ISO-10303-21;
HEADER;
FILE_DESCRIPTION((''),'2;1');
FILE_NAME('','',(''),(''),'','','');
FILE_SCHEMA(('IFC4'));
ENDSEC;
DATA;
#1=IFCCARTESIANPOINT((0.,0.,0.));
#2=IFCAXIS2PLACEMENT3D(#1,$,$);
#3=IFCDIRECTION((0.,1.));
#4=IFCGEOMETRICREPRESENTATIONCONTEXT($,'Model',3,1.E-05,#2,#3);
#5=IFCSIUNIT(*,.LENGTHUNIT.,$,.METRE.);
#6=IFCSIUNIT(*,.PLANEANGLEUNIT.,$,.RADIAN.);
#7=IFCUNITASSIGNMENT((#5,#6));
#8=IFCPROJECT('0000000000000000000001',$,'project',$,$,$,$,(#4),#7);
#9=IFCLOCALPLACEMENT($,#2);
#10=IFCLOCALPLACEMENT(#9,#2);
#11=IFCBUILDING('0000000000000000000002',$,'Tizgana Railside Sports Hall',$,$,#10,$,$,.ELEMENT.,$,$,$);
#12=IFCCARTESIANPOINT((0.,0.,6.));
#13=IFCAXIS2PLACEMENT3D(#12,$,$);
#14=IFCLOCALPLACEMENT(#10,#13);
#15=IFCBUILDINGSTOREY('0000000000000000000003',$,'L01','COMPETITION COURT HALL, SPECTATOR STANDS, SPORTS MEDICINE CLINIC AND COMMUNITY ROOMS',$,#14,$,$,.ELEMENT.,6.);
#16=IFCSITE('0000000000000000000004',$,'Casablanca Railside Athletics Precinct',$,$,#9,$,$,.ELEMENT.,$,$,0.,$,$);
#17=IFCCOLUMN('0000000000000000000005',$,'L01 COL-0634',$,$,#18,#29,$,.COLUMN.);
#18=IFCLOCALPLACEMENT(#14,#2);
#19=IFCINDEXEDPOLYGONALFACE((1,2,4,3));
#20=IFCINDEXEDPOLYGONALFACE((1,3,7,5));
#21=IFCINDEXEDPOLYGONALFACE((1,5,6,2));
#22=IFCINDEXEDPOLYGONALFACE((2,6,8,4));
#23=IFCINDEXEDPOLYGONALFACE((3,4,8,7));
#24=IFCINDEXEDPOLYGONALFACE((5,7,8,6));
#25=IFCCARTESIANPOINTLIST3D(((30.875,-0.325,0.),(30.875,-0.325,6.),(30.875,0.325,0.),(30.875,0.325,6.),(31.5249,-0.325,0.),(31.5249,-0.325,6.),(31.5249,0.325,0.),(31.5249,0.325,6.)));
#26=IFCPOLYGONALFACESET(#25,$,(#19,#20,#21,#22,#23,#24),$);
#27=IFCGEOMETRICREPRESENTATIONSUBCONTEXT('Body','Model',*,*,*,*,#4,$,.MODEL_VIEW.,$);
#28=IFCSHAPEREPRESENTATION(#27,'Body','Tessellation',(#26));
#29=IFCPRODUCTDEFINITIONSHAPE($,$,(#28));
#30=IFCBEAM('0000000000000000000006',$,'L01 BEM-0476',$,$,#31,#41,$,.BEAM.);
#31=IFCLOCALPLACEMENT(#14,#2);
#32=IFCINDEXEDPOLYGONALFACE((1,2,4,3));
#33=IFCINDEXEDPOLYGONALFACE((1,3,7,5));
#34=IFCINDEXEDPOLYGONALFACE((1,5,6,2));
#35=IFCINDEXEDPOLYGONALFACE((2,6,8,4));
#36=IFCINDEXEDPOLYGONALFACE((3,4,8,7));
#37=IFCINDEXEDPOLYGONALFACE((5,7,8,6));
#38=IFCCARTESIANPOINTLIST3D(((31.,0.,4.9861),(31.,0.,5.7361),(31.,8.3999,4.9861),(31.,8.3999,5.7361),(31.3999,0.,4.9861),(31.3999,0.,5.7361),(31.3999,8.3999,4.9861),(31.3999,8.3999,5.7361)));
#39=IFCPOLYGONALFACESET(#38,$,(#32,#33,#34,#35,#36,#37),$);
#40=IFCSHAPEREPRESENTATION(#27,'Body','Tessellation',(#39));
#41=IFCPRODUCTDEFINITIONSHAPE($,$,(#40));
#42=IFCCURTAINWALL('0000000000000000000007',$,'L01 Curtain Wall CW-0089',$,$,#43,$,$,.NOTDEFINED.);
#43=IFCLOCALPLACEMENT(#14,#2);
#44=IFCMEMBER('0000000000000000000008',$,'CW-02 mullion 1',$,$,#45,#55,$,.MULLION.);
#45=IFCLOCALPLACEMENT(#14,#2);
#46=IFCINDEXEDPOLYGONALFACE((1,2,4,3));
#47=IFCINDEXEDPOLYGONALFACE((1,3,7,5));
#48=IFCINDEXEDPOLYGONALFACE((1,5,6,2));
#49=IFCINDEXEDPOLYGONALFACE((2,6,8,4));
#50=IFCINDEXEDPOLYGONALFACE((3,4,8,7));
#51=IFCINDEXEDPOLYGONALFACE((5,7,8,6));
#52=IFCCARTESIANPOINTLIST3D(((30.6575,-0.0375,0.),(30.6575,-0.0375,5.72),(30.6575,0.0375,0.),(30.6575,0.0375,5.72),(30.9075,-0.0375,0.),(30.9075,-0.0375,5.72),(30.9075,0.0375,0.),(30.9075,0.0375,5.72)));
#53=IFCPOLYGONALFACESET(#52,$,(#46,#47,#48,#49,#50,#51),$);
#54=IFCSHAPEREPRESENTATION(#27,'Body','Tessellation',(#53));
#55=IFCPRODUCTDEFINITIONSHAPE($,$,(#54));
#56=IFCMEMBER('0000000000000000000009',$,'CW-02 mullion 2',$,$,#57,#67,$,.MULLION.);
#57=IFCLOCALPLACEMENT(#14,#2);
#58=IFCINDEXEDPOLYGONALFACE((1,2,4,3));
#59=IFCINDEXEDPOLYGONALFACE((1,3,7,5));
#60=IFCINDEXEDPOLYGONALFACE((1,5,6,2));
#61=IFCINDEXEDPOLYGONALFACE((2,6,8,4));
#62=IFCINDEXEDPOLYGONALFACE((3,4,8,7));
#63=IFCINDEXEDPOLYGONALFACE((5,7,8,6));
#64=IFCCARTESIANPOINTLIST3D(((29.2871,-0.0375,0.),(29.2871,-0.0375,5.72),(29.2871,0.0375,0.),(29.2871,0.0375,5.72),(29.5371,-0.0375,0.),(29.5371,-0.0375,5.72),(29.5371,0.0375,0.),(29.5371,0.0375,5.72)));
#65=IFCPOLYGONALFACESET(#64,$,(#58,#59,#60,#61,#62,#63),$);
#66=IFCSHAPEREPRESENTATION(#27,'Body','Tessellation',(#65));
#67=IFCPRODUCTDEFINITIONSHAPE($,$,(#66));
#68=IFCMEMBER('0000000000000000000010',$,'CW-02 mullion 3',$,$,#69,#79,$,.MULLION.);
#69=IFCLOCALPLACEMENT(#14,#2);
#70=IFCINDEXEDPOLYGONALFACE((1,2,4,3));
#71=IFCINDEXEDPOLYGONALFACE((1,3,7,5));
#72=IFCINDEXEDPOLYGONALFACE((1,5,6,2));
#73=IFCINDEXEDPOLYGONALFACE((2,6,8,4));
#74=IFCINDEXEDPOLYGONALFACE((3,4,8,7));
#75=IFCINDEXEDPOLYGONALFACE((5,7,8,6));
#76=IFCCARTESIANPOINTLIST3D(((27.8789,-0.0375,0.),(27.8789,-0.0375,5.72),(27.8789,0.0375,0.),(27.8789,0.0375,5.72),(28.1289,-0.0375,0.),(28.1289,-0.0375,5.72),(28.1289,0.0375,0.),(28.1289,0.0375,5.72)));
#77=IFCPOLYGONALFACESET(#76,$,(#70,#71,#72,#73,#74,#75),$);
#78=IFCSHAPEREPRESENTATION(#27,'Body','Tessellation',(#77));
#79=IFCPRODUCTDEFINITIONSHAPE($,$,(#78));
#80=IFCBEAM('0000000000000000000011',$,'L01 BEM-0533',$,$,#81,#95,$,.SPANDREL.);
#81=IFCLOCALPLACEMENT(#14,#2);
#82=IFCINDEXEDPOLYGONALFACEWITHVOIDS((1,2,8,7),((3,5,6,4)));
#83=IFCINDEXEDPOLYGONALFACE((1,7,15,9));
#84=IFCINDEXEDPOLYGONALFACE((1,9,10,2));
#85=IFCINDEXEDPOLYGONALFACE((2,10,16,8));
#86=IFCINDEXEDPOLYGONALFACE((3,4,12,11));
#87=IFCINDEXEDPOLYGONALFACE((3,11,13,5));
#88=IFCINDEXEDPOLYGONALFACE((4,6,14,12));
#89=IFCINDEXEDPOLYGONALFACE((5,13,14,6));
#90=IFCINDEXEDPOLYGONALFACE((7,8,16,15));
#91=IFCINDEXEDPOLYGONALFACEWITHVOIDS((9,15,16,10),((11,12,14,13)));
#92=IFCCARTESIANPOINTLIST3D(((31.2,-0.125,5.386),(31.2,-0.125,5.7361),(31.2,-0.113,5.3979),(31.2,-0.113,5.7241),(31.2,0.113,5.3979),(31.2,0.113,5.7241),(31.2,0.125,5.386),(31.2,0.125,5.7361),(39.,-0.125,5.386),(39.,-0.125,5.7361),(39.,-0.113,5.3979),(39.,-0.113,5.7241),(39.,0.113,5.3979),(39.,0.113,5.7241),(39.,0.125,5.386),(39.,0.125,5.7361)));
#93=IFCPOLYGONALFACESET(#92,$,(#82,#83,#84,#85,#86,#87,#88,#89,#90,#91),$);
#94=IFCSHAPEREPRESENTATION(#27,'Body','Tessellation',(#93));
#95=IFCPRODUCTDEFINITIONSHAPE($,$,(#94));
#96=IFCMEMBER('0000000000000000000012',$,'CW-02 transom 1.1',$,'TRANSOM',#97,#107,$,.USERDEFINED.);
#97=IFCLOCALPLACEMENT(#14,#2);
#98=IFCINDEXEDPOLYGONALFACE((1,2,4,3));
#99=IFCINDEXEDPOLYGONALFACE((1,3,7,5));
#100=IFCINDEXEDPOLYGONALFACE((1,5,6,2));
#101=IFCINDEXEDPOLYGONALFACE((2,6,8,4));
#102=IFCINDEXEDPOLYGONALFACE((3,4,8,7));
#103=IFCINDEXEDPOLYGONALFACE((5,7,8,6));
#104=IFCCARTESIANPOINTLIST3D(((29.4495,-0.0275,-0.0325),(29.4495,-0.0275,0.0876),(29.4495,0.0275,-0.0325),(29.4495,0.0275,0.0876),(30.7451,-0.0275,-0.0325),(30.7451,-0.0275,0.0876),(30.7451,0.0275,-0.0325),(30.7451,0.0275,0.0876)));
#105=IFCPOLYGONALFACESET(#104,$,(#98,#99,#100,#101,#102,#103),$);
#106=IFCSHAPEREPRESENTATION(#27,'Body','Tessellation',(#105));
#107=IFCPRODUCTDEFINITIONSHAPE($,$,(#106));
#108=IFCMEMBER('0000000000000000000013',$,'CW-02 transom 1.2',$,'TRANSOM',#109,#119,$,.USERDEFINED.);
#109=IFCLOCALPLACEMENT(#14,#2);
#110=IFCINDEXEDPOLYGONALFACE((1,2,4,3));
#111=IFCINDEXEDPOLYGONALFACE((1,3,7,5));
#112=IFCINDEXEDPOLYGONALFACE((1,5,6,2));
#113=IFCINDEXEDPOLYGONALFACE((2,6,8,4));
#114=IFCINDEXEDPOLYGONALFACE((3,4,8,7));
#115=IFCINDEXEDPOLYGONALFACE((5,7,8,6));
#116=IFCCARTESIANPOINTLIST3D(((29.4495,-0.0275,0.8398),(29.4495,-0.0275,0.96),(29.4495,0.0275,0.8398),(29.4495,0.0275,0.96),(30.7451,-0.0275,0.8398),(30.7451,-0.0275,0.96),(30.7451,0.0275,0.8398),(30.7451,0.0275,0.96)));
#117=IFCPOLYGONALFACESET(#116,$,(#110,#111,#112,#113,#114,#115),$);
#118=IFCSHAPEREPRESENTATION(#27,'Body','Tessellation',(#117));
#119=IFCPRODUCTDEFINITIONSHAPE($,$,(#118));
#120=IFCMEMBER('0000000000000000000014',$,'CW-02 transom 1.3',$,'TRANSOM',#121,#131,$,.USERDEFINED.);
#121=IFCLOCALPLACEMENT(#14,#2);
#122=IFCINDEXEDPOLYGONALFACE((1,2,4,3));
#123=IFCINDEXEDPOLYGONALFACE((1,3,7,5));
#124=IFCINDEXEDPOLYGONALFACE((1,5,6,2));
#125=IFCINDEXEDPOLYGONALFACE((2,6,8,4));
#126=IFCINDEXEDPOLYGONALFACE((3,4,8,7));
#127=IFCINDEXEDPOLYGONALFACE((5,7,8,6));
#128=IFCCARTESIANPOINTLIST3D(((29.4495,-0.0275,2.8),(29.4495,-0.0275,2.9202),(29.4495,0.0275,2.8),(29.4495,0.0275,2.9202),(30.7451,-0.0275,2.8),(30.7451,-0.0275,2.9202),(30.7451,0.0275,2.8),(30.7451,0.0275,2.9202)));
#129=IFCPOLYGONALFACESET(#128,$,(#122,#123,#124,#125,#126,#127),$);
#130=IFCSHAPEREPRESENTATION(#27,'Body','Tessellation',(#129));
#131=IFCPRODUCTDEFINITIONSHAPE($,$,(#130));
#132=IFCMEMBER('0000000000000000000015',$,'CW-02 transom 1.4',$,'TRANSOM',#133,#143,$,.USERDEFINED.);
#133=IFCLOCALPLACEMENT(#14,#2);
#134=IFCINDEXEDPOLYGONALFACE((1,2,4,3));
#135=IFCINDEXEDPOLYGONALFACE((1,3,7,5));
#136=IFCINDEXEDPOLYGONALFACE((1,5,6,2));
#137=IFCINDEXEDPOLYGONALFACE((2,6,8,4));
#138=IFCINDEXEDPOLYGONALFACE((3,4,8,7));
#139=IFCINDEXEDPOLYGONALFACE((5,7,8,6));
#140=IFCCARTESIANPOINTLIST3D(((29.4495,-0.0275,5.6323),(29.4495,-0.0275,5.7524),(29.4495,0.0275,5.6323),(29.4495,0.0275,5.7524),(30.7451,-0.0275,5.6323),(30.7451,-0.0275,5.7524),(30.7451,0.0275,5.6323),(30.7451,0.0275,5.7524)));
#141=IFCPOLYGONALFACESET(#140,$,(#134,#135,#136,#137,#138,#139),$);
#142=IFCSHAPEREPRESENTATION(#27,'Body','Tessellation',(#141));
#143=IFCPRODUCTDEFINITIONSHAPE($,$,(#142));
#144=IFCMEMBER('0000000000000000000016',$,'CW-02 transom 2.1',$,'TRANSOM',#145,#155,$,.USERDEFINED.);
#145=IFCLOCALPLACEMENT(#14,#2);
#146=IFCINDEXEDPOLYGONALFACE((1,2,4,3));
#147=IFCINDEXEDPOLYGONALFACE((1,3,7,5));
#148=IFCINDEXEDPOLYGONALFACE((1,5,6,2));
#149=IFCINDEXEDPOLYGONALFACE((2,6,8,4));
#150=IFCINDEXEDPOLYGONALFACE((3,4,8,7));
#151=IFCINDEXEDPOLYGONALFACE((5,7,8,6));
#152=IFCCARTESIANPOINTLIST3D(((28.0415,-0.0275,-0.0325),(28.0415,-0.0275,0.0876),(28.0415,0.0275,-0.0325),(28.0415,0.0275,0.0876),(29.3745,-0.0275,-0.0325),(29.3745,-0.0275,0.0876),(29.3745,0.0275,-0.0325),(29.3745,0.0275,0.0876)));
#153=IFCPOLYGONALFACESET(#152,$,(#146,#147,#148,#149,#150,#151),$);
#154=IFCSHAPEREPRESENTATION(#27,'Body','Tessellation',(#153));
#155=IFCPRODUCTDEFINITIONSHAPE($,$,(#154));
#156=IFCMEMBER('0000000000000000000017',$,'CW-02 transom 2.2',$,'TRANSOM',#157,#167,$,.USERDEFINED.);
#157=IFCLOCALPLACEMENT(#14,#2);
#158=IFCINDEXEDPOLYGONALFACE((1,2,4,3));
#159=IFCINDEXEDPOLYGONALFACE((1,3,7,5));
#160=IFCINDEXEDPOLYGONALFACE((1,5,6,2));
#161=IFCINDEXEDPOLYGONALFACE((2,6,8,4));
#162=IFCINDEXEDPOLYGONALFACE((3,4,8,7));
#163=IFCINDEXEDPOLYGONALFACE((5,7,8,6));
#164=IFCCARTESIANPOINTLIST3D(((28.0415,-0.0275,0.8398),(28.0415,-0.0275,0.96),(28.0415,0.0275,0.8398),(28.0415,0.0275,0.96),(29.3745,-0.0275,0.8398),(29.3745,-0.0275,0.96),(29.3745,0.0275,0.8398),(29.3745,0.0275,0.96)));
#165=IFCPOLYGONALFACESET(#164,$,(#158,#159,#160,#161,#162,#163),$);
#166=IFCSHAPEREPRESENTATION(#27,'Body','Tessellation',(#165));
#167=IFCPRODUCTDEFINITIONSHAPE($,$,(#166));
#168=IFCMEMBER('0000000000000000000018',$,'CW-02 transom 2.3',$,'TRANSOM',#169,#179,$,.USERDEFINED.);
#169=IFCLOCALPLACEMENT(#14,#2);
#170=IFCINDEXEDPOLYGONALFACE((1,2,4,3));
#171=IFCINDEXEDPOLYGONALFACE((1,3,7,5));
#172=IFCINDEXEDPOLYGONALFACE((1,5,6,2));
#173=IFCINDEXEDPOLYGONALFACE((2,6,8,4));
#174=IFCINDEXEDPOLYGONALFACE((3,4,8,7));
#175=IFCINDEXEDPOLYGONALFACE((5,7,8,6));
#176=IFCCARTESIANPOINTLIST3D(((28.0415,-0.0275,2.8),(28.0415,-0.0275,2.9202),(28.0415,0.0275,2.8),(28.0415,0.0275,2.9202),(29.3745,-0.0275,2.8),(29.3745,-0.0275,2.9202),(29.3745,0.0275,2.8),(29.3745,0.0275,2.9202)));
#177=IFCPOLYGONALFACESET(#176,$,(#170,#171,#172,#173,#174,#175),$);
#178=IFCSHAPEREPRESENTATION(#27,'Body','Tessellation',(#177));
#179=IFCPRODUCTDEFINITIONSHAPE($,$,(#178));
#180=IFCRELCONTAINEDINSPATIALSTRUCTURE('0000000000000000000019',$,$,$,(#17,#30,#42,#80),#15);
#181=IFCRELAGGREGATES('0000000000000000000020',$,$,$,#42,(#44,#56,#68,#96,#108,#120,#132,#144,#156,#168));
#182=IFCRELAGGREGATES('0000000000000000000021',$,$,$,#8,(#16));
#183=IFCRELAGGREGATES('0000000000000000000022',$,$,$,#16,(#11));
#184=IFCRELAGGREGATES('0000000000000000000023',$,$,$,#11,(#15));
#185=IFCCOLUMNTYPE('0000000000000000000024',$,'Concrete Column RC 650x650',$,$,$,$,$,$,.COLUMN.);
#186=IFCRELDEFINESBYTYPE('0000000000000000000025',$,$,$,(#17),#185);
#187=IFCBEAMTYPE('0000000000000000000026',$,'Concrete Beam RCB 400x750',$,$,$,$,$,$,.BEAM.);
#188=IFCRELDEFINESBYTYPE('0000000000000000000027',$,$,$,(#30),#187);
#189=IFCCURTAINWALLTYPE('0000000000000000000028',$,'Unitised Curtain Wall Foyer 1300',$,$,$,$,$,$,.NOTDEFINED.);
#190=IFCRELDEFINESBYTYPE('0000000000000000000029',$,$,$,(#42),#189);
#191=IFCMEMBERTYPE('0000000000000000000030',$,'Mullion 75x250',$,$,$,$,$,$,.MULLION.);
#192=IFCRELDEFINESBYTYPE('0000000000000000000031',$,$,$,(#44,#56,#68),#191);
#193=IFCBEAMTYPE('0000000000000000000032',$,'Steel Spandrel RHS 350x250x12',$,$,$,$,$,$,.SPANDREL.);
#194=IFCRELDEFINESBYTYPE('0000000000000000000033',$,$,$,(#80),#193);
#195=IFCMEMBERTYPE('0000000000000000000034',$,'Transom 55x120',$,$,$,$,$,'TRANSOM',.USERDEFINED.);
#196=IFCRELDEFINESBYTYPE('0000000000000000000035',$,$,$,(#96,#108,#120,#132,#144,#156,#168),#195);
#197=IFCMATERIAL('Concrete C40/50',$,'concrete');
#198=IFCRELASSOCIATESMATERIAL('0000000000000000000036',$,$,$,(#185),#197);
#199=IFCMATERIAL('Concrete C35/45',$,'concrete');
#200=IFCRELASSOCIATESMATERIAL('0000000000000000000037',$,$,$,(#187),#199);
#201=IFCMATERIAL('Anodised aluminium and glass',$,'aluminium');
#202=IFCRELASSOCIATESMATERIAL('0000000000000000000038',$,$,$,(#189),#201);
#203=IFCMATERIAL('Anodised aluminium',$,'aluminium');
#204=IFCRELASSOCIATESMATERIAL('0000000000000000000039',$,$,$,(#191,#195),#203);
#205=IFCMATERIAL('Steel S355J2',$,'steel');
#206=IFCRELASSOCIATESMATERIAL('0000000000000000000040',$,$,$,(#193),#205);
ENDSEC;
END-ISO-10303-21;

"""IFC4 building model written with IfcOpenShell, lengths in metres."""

from ifc_helpers import new_model, si_unit, direction, frame, origin, origin_2d, place, context, subcontext, project, spatial, rectangle, hollow_rectangle, extrude, material, material_profile, profile_set, type_object, element, aggregate, save


model = new_model("IFC4")

# Units and contexts
model_context = context("Model", 3, precision=1e-05, world=origin(), true_north=direction((0.0, 1.0)))
body_context = subcontext(model_context, "Body", "Model", "MODEL_VIEW")
ifc_project = project(units=[si_unit("LENGTHUNIT", "METRE"), si_unit("PLANEANGLEUNIT", "RADIAN")], contexts=[model_context])

# Site, building, storey
site_placement = place(None, origin())
site = spatial("IfcSite", under=ifc_project, at=site_placement, Name="Casablanca Railside Athletics Precinct", CompositionType="ELEMENT", RefElevation=0.0)
building_placement = place(site_placement, origin())
building = spatial("IfcBuilding", under=site, at=building_placement, Name="Tizgana Railside Sports Hall", CompositionType="ELEMENT")
storey_placement = place(building_placement, frame((0.0, 0.0, 6.0)))
storey = spatial("IfcBuildingStorey", under=building, at=storey_placement, Name="L01", Description="COMPETITION COURT HALL, SPECTATOR STANDS, SPORTS MEDICINE CLINIC AND COMMUNITY ROOMS", CompositionType="ELEMENT", Elevation=6.0)

# Column
ifc_material_1 = material(Name="Concrete C40/50", Category="concrete")
ifc_material_profile_1 = material_profile(ifc_material_1, rectangle(XDim=0.6499, YDim=0.6499, at=origin_2d()), Name="RC 650x650")
ifc_profile_set_1 = profile_set([ifc_material_profile_1], Name="Concrete C40/50")
column_type = type_object("IfcColumnType", Name="Concrete Column RC 650x650", PredefinedType="COLUMN", material=ifc_profile_set_1)
column_placement = place(storey_placement, frame((31.2, 0.0, 0.0), z_axis=(0.0, 0.0, 1.0), x_axis=(1.0, 0.0, 0.0)))
element("IfcColumn", 1, at=column_placement, inside=storey, type_object=column_type, Name="L01 COL-0634", PredefinedType="COLUMN", context=body_context, shape_type="SweptSolid", body=[
    extrude(rectangle(XDim=0.6499, YDim=0.6499, at=origin_2d()), origin(), (0.0, 0.0, 1.0), 6.0),
])

# Beam
ifc_material_2 = material(Name="Concrete C35/45", Category="concrete")
ifc_material_profile_2 = material_profile(ifc_material_2, rectangle(XDim=0.3999, YDim=0.75, at=origin_2d()), Name="RCB 400x750")
ifc_profile_set_2 = profile_set([ifc_material_profile_2], Name="Concrete C35/45")
beam_type_1 = type_object("IfcBeamType", Name="Concrete Beam RCB 400x750", PredefinedType="BEAM", material=ifc_profile_set_2)
beam_1_placement = place(storey_placement, frame((31.2, 0.0, 5.3611), z_axis=(0.0, 1.0, 0.0), x_axis=(-1.0, 0.0, 0.0)))
element("IfcBeam", 2, at=beam_1_placement, inside=storey, type_object=beam_type_1, Name="L01 BEM-0476", PredefinedType="BEAM", context=body_context, shape_type="SweptSolid", body=[
    extrude(rectangle(XDim=0.3999, YDim=0.75, at=origin_2d()), origin(), (0.0, 0.0, 1.0), 8.3999),
])

# Curtain wall, members
ifc_material_3 = material(Name="Anodised aluminium and glass", Category="aluminium")
curtain_wall_type = type_object("IfcCurtainWallType", Name="Unitised Curtain Wall Foyer 1300", PredefinedType="NOTDEFINED", material=ifc_material_3)
curtain_wall_placement = place(storey_placement, origin())
curtain_wall = element("IfcCurtainWall", 3, at=curtain_wall_placement, inside=storey, type_object=curtain_wall_type, Name="L01 Curtain Wall CW-0089", PredefinedType="NOTDEFINED")
ifc_material_4 = material(Name="Anodised aluminium", Category="aluminium")
ifc_material_profile_3 = material_profile(ifc_material_4, rectangle(XDim=0.075, YDim=0.25, at=origin_2d()), Name="Mullion 75x250")
ifc_profile_set_3 = profile_set([ifc_material_profile_3], Name="Anodised aluminium")
member_type_1 = type_object("IfcMemberType", Name="Mullion 75x250", PredefinedType="MULLION", material=ifc_profile_set_3)
member_1_placement = place(storey_placement, frame((30.7825, 0.0, 0.0), z_axis=(0.0, 0.0, 1.0), x_axis=(0.0, -1.0, 0.0)))
member_1 = element("IfcMember", 4, at=member_1_placement, type_object=member_type_1, Name="CW-02 mullion 1", PredefinedType="MULLION", context=body_context, shape_type="SweptSolid", body=[
    extrude(rectangle(XDim=0.075, YDim=0.25, at=origin_2d()), origin(), (0.0, 0.0, 1.0), 5.72),
])
member_2_placement = place(storey_placement, frame((29.4121, 0.0, 0.0), z_axis=(0.0, 0.0, 1.0), x_axis=(0.0, -1.0, 0.0)))
member_2 = element("IfcMember", 5, at=member_2_placement, type_object=member_type_1, Name="CW-02 mullion 2", PredefinedType="MULLION", context=body_context, shape_type="SweptSolid", body=[
    extrude(rectangle(XDim=0.075, YDim=0.25, at=origin_2d()), origin(), (0.0, 0.0, 1.0), 5.72),
])
member_3_placement = place(storey_placement, frame((28.0039, 0.0, 0.0), z_axis=(0.0, 0.0, 1.0), x_axis=(0.0, -1.0, 0.0)))
member_3 = element("IfcMember", 6, at=member_3_placement, type_object=member_type_1, Name="CW-02 mullion 3", PredefinedType="MULLION", context=body_context, shape_type="SweptSolid", body=[
    extrude(rectangle(XDim=0.075, YDim=0.25, at=origin_2d()), origin(), (0.0, 0.0, 1.0), 5.72),
])

# Beam
ifc_material_5 = material(Name="Steel S355J2", Category="steel")
ifc_material_profile_4 = material_profile(ifc_material_5, hollow_rectangle(XDim=0.25, YDim=0.3501, WallThickness=0.012, at=origin_2d()), Name="RHS 350x250x12")
ifc_profile_set_4 = profile_set([ifc_material_profile_4], Name="Steel S355J2")
beam_type_2 = type_object("IfcBeamType", Name="Steel Spandrel RHS 350x250x12", PredefinedType="SPANDREL", material=ifc_profile_set_4)
beam_2_placement = place(storey_placement, frame((31.2, 0.0, 5.561), z_axis=(1.0, 0.0, 0.0), x_axis=(0.0, 1.0, 0.0)))
element("IfcBeam", 7, at=beam_2_placement, inside=storey, type_object=beam_type_2, Name="L01 BEM-0533", PredefinedType="SPANDREL", context=body_context, shape_type="SweptSolid", body=[
    extrude(hollow_rectangle(XDim=0.25, YDim=0.3501, WallThickness=0.012, at=origin_2d()), origin(), (0.0, 0.0, 1.0), 7.8),
])

# Members
ifc_material_profile_5 = material_profile(ifc_material_4, rectangle(XDim=0.0549, YDim=0.1201, at=origin_2d()), Name="Transom 55x120")
ifc_profile_set_5 = profile_set([ifc_material_profile_5], Name="Anodised aluminium")
member_type_2 = type_object("IfcMemberType", Name="Transom 55x120", ElementType="TRANSOM", PredefinedType="USERDEFINED", material=ifc_profile_set_5)
member_4_placement = place(storey_placement, frame((30.7451, 0.0, 0.0276), z_axis=(-1.0, 0.0, 0.0), x_axis=(0.0, -1.0, 0.0)))
member_4 = element("IfcMember", 8, at=member_4_placement, type_object=member_type_2, Name="CW-02 transom 1.1", ObjectType="TRANSOM", PredefinedType="USERDEFINED", context=body_context, shape_type="SweptSolid", body=[
    extrude(rectangle(XDim=0.0549, YDim=0.1201, at=origin_2d()), origin(), (0.0, 0.0, 1.0), 1.2957),
])
member_5_placement = place(storey_placement, frame((30.7451, 0.0, 0.8999), z_axis=(-1.0, 0.0, 0.0), x_axis=(0.0, -1.0, 0.0)))
member_5 = element("IfcMember", 9, at=member_5_placement, type_object=member_type_2, Name="CW-02 transom 1.2", ObjectType="TRANSOM", PredefinedType="USERDEFINED", context=body_context, shape_type="SweptSolid", body=[
    extrude(rectangle(XDim=0.0549, YDim=0.1201, at=origin_2d()), origin(), (0.0, 0.0, 1.0), 1.2957),
])
member_6_placement = place(storey_placement, frame((30.7451, 0.0, 2.8601), z_axis=(-1.0, 0.0, 0.0), x_axis=(0.0, -1.0, 0.0)))
member_6 = element("IfcMember", 10, at=member_6_placement, type_object=member_type_2, Name="CW-02 transom 1.3", ObjectType="TRANSOM", PredefinedType="USERDEFINED", context=body_context, shape_type="SweptSolid", body=[
    extrude(rectangle(XDim=0.0549, YDim=0.1201, at=origin_2d()), origin(), (0.0, 0.0, 1.0), 1.2957),
])
member_7_placement = place(storey_placement, frame((30.7451, 0.0, 5.6924), z_axis=(-1.0, 0.0, 0.0), x_axis=(0.0, -1.0, 0.0)))
member_7 = element("IfcMember", 11, at=member_7_placement, type_object=member_type_2, Name="CW-02 transom 1.4", ObjectType="TRANSOM", PredefinedType="USERDEFINED", context=body_context, shape_type="SweptSolid", body=[
    extrude(rectangle(XDim=0.0549, YDim=0.1201, at=origin_2d()), origin(), (0.0, 0.0, 1.0), 1.2957),
])
member_8_placement = place(storey_placement, frame((29.3745, 0.0, 0.0276), z_axis=(-1.0, 0.0, 0.0), x_axis=(0.0, -1.0, 0.0)))
member_8 = element("IfcMember", 12, at=member_8_placement, type_object=member_type_2, Name="CW-02 transom 2.1", ObjectType="TRANSOM", PredefinedType="USERDEFINED", context=body_context, shape_type="SweptSolid", body=[
    extrude(rectangle(XDim=0.0549, YDim=0.1201, at=origin_2d()), origin(), (0.0, 0.0, 1.0), 1.333),
])
member_9_placement = place(storey_placement, frame((29.3745, 0.0, 0.8999), z_axis=(-1.0, 0.0, 0.0), x_axis=(0.0, -1.0, 0.0)))
member_9 = element("IfcMember", 13, at=member_9_placement, type_object=member_type_2, Name="CW-02 transom 2.2", ObjectType="TRANSOM", PredefinedType="USERDEFINED", context=body_context, shape_type="SweptSolid", body=[
    extrude(rectangle(XDim=0.0549, YDim=0.1201, at=origin_2d()), origin(), (0.0, 0.0, 1.0), 1.333),
])
member_10_placement = place(storey_placement, frame((29.3745, 0.0, 2.8601), z_axis=(-1.0, 0.0, 0.0), x_axis=(0.0, -1.0, 0.0)))
member_10 = element("IfcMember", 14, at=member_10_placement, type_object=member_type_2, Name="CW-02 transom 2.3", ObjectType="TRANSOM", PredefinedType="USERDEFINED", context=body_context, shape_type="SweptSolid", body=[
    extrude(rectangle(XDim=0.0549, YDim=0.1201, at=origin_2d()), origin(), (0.0, 0.0, 1.0), 1.333),
])

aggregate(curtain_wall, [member_1, member_2, member_3, member_4, member_5, member_6, member_7, member_8, member_9, member_10])

save(model, "model.ifc")
